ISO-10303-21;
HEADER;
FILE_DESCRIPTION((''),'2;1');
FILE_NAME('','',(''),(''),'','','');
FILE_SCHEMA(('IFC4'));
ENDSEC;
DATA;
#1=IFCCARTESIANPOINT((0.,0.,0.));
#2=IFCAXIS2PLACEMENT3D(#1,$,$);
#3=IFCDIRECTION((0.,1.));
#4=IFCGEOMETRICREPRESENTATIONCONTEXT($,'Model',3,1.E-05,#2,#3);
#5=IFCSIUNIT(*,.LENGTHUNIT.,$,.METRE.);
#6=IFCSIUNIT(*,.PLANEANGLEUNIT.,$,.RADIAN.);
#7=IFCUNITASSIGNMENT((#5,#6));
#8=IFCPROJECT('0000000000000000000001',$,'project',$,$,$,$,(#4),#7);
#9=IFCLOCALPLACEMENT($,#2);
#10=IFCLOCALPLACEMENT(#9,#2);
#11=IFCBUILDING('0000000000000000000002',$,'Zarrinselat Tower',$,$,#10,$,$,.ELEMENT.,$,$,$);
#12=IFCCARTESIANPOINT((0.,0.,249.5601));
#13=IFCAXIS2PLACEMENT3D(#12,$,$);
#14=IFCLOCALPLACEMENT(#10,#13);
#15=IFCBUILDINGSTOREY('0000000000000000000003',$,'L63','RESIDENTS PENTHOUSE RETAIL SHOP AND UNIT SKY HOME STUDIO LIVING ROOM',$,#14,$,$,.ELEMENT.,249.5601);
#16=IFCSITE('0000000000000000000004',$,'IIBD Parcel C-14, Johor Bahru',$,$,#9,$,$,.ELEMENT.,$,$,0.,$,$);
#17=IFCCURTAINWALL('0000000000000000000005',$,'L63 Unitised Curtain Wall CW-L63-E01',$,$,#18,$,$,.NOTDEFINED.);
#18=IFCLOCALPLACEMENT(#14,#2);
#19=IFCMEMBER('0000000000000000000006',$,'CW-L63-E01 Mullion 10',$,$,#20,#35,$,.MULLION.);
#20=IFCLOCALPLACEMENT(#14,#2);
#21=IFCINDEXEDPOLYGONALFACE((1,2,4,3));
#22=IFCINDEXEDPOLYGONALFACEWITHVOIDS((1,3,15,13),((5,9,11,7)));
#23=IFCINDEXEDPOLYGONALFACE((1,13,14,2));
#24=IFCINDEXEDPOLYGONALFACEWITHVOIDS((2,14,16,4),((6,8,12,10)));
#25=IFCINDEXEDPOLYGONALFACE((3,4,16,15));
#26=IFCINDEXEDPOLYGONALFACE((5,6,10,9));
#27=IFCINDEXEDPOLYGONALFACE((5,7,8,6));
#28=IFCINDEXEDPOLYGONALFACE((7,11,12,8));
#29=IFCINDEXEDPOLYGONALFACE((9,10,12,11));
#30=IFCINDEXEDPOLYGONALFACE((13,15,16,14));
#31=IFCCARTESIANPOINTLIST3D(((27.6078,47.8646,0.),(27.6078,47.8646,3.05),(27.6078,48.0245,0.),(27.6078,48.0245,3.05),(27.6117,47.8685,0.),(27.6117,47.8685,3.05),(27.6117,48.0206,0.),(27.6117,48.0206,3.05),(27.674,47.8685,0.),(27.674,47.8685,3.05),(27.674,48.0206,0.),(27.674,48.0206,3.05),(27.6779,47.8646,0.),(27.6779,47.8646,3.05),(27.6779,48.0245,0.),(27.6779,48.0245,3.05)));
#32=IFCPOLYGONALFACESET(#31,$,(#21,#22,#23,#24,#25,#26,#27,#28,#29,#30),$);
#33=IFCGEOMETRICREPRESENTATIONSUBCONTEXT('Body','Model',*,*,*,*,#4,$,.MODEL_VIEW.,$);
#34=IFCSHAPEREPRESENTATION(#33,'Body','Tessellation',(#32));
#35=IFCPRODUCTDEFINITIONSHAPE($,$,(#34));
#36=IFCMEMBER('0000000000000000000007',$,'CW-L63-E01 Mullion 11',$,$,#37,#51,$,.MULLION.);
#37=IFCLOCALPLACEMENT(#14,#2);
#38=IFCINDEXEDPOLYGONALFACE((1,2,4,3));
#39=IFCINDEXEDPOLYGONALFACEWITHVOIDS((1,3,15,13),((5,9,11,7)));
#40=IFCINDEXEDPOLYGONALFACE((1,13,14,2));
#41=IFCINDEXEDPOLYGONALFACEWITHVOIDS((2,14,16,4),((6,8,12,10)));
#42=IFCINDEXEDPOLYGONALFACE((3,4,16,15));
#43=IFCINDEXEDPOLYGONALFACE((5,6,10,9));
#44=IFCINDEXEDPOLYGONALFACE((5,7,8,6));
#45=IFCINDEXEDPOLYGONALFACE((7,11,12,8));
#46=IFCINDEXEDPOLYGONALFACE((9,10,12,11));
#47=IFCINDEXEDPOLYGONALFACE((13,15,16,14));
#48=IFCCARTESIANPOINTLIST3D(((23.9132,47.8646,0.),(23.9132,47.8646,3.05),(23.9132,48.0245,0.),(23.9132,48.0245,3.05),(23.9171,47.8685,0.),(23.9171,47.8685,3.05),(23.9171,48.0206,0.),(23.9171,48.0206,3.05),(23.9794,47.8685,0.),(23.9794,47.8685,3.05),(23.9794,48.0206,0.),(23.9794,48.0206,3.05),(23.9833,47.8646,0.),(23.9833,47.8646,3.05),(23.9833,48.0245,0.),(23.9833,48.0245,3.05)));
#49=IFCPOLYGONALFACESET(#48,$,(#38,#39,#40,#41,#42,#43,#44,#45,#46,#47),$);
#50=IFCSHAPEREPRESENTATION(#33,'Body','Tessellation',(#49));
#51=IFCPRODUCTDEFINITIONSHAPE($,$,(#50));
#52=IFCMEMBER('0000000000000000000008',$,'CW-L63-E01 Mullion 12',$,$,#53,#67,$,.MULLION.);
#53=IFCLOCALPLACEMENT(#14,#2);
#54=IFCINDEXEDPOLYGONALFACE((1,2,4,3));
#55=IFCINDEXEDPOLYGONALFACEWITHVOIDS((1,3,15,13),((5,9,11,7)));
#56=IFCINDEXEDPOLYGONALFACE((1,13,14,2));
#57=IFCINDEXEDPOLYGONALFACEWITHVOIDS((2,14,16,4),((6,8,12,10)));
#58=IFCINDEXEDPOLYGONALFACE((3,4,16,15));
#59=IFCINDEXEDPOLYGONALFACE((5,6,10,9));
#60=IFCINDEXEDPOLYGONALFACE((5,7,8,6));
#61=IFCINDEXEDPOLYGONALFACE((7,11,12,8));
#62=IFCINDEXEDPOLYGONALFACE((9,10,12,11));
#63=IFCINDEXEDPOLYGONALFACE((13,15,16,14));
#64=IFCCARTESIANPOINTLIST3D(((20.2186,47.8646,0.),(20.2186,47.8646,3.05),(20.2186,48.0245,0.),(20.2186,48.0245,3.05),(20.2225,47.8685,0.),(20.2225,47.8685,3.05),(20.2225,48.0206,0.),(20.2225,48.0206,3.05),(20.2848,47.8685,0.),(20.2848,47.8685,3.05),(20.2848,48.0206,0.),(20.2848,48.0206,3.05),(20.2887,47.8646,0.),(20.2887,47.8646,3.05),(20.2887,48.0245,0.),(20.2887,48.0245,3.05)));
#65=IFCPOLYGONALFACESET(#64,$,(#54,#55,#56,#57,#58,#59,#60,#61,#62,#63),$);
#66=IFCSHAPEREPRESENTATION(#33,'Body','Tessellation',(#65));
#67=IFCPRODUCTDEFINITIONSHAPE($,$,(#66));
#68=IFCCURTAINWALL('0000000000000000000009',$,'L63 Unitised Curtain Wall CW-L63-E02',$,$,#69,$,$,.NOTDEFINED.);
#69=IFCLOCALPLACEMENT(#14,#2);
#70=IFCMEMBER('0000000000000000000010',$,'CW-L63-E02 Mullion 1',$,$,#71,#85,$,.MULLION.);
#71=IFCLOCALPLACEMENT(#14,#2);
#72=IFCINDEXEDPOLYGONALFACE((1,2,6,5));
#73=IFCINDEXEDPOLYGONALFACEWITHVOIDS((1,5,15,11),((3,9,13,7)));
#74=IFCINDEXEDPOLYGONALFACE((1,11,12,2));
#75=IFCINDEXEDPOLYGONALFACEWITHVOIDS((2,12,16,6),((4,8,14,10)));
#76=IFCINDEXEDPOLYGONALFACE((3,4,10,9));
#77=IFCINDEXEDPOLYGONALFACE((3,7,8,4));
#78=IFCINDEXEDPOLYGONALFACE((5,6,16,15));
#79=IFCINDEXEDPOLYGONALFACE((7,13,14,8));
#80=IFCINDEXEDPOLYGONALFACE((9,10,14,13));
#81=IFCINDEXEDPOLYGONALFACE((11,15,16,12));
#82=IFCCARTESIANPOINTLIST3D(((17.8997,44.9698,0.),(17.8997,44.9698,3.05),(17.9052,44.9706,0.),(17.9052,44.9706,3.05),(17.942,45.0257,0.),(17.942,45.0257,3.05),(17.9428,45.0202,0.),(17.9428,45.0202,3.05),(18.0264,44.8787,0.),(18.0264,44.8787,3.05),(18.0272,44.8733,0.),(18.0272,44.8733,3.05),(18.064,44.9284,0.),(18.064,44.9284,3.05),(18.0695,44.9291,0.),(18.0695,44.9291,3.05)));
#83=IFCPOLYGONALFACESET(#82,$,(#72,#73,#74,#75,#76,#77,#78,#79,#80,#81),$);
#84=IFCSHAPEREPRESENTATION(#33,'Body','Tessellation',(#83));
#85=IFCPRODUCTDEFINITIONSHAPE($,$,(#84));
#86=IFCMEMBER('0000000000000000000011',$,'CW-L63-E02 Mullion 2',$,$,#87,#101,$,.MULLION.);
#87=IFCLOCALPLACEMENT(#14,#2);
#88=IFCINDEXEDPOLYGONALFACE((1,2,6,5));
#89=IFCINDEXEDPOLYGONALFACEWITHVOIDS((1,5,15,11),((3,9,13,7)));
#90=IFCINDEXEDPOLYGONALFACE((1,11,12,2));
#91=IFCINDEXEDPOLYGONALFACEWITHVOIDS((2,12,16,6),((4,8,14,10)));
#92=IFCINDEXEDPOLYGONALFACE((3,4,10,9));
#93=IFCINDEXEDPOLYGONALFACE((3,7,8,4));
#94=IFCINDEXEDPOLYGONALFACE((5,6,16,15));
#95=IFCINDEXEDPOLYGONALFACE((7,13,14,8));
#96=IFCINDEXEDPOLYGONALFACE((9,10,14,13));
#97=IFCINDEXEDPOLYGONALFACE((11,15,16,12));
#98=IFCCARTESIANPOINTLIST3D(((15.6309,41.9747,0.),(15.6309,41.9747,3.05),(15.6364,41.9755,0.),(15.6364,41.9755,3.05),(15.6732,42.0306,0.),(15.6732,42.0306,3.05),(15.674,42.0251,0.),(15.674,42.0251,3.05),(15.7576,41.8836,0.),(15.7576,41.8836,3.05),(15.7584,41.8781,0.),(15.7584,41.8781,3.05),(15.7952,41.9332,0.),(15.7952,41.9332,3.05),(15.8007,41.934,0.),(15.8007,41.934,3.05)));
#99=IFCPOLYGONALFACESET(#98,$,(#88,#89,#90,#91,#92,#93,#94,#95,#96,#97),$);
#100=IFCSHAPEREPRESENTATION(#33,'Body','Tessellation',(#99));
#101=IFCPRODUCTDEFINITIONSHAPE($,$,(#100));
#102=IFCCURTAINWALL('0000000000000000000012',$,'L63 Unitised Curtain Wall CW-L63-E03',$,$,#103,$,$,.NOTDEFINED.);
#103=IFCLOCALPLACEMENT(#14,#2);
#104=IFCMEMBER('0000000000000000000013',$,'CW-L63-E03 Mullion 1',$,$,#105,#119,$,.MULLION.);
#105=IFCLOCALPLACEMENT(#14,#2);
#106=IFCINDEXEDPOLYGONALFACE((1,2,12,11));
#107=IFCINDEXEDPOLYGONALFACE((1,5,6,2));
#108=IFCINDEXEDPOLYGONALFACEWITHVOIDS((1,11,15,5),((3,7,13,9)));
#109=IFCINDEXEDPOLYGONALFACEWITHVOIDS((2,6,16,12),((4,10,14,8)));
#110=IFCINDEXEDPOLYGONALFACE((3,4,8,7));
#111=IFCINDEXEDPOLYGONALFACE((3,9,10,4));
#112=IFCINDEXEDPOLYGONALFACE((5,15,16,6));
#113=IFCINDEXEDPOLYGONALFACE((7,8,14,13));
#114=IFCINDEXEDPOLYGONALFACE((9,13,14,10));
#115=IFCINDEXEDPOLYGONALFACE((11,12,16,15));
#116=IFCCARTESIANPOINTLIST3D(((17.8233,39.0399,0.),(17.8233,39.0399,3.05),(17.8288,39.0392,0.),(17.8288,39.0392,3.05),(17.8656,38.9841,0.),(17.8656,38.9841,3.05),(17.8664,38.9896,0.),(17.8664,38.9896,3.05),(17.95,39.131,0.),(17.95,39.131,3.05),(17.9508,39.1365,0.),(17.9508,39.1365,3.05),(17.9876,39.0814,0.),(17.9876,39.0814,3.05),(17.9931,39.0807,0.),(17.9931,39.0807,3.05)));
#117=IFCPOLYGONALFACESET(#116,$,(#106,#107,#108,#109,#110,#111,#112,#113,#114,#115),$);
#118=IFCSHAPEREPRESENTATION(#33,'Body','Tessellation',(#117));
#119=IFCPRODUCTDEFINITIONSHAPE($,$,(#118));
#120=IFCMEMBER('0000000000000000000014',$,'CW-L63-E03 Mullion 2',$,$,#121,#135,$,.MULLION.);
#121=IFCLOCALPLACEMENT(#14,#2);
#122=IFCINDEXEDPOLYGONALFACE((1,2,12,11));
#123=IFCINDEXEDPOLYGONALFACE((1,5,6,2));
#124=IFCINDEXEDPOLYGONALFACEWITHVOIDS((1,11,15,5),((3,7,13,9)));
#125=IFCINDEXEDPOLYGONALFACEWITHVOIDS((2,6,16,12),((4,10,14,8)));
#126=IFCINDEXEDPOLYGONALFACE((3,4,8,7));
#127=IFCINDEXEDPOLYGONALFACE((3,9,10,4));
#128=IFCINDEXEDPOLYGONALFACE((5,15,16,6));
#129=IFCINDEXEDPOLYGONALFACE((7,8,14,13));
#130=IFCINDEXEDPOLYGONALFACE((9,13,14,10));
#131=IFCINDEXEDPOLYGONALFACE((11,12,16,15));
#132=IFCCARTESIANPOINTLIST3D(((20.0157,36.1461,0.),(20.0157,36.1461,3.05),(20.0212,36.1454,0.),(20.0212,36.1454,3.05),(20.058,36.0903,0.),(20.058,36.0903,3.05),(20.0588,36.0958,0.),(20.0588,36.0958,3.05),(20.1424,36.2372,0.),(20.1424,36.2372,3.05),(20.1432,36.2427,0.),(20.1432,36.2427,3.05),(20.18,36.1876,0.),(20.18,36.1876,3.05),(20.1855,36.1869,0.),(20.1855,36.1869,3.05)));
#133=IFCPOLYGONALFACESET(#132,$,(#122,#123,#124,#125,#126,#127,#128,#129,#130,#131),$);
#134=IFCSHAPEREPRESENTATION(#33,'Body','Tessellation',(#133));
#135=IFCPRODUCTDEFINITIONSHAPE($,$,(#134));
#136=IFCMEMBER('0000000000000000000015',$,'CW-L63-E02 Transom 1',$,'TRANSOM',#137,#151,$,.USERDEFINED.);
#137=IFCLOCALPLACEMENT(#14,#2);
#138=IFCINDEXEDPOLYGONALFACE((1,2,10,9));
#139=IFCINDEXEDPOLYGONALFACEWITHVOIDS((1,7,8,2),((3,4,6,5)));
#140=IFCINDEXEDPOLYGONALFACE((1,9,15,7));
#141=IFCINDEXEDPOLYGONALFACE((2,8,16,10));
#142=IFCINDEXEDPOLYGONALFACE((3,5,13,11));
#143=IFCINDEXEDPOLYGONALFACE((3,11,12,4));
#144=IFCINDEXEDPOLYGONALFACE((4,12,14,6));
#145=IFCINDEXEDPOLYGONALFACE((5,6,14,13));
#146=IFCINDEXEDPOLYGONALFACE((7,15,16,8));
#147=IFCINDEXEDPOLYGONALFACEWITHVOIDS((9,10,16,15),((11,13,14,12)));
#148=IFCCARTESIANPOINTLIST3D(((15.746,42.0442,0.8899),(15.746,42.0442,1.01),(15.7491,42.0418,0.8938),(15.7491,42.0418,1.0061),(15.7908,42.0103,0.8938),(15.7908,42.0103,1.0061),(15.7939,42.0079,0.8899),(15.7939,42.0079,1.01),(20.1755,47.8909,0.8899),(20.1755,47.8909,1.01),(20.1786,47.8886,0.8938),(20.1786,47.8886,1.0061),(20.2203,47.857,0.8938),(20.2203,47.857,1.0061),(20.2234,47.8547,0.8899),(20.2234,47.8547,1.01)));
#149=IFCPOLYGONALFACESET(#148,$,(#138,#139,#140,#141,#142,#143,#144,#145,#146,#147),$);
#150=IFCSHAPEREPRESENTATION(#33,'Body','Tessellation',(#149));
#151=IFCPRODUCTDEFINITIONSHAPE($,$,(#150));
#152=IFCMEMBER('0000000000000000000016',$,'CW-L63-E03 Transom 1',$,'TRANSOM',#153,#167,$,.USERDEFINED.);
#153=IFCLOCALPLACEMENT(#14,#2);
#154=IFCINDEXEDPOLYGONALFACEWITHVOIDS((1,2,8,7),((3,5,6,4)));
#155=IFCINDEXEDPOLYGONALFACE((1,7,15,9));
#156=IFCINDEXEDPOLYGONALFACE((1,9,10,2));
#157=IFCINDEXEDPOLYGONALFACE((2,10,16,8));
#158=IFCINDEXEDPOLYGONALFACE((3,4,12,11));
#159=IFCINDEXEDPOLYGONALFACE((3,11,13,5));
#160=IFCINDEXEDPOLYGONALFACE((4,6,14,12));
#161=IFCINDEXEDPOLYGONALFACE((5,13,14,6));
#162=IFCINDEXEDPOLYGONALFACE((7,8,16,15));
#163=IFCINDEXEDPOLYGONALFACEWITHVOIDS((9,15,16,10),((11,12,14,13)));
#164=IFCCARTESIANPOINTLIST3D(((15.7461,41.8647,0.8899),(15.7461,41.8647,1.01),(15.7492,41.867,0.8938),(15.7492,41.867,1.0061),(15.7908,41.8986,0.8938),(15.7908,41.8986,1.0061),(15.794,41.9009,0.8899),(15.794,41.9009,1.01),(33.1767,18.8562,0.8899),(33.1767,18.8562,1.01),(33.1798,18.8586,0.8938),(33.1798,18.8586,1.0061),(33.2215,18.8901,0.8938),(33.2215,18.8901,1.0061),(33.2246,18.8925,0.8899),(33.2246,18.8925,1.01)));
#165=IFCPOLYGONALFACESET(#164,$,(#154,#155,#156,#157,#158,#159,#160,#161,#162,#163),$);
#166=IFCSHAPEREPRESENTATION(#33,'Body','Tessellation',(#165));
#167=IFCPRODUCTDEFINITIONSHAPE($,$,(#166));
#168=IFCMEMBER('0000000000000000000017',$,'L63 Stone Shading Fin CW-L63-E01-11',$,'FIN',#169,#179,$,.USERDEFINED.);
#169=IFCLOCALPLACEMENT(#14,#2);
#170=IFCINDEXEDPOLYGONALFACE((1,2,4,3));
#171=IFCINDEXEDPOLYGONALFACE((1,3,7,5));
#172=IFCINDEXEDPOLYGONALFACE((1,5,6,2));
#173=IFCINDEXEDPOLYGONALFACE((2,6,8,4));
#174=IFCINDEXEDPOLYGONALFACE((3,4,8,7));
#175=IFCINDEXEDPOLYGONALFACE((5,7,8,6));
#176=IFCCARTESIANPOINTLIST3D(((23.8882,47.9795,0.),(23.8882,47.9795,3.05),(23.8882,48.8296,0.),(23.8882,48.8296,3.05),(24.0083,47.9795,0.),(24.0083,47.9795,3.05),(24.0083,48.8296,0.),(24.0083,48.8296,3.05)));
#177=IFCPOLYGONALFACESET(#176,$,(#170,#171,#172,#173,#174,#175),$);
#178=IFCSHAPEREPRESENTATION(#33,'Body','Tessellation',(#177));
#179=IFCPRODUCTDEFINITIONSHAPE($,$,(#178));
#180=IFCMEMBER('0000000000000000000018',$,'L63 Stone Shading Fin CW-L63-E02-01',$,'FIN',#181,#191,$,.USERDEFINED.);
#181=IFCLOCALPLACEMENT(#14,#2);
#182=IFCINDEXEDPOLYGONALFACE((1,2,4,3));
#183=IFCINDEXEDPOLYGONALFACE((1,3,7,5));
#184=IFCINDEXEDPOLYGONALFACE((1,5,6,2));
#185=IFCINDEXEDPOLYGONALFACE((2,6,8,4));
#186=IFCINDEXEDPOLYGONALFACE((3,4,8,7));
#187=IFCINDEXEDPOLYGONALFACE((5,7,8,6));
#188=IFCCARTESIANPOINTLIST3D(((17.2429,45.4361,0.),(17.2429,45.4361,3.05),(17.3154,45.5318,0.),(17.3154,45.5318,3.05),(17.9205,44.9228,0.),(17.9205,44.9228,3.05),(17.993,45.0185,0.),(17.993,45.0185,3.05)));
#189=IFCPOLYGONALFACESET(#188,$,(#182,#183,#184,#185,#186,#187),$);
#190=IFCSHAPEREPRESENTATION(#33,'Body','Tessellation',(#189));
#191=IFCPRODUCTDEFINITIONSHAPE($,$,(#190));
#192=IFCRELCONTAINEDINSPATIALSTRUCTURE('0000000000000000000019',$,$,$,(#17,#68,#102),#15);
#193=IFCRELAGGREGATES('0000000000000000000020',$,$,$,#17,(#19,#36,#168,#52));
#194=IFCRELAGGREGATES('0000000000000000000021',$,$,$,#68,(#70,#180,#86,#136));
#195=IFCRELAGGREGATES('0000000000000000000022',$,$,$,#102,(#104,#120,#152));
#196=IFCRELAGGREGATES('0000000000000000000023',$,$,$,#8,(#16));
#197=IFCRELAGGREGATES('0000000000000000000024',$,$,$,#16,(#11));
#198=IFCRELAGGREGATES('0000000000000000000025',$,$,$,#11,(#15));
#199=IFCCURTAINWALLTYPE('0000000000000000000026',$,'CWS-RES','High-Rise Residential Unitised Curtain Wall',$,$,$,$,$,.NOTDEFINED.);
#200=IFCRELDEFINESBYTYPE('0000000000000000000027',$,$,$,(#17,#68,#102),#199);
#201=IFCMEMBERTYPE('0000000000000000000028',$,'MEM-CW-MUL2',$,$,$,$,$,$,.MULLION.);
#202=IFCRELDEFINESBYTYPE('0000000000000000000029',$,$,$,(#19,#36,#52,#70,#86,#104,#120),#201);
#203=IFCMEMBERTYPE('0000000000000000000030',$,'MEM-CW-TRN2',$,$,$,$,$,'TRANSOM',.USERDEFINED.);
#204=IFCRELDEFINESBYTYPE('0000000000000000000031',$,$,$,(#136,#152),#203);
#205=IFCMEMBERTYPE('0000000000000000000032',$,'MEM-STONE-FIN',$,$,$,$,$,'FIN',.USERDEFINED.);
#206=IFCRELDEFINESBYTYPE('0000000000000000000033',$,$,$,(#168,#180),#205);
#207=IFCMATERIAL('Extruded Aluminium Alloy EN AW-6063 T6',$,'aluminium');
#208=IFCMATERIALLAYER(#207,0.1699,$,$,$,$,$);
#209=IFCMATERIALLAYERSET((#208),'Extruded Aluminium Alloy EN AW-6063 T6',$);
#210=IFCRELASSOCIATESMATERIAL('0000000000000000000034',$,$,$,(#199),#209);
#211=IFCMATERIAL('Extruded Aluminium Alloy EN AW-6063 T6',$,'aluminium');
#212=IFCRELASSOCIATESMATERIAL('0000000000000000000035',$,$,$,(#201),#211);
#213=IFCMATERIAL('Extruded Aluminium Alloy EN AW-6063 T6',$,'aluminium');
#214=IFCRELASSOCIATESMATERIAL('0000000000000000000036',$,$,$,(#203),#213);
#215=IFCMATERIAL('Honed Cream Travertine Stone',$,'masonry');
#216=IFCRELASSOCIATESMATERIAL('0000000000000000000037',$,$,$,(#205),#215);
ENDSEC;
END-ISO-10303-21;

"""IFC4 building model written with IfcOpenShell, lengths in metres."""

from ifc_helpers import new_model, si_unit, direction, frame, origin, origin_2d, place, context, subcontext, project, spatial, rectangle, hollow_rectangle, extrude, material, layer, layer_set, material_profile, profile_set, type_object, element, aggregate, save


model = new_model("IFC4")

# Units and contexts
model_context = context("Model", 3, precision=1e-05, world=origin(), true_north=direction((0.0, 1.0)))
body_context = subcontext(model_context, "Body", "Model", "MODEL_VIEW")
ifc_project = project(units=[si_unit("LENGTHUNIT", "METRE"), si_unit("PLANEANGLEUNIT", "RADIAN")], contexts=[model_context])

# Site, building, storey
site_placement = place(None, origin())
site = spatial("IfcSite", under=ifc_project, at=site_placement, Name="IIBD Parcel C-14, Johor Bahru", CompositionType="ELEMENT", RefElevation=0.0)
building_placement = place(site_placement, origin())
building = spatial("IfcBuilding", under=site, at=building_placement, Name="Zarrinselat Tower", CompositionType="ELEMENT")
storey_placement = place(building_placement, frame((0.0, 0.0, 249.5601)))
storey = spatial("IfcBuildingStorey", under=building, at=storey_placement, Name="L63", Description="RESIDENTS PENTHOUSE RETAIL SHOP AND UNIT SKY HOME STUDIO LIVING ROOM", CompositionType="ELEMENT", Elevation=249.5601)

# Curtain walls, members
ifc_material_1 = material(Name="Extruded Aluminium Alloy EN AW-6063 T6", Category="aluminium")
ifc_layer_1 = layer(ifc_material_1, 0.1699)
ifc_layer_set_1 = layer_set([ifc_layer_1], Name="Extruded Aluminium Alloy EN AW-6063 T6")
curtain_wall_type = type_object("IfcCurtainWallType", Name="CWS-RES", Description="High-Rise Residential Unitised Curtain Wall", PredefinedType="NOTDEFINED", material=ifc_layer_set_1)
curtain_wall_1_placement = place(storey_placement, origin())
curtain_wall_1 = element("IfcCurtainWall", 1, at=curtain_wall_1_placement, inside=storey, type_object=curtain_wall_type, Name="L63 Unitised Curtain Wall CW-L63-E01", PredefinedType="NOTDEFINED")
ifc_material_2 = material(Name="Extruded Aluminium Alloy EN AW-6063 T6", Category="aluminium")
ifc_material_profile_1 = material_profile(ifc_material_2, hollow_rectangle(XDim=0.0701, YDim=0.1599, WallThickness=0.0039, at=origin_2d()), Name="RHS 160x70x4")
ifc_profile_set_1 = profile_set([ifc_material_profile_1], Name="Extruded Aluminium Alloy EN AW-6063 T6")
member_type_1 = type_object("IfcMemberType", Name="MEM-CW-MUL2", PredefinedType="MULLION", material=ifc_profile_set_1)
member_1_placement = place(storey_placement, frame((27.6428, 47.9446, 0.0), z_axis=(0.0, 0.0, 1.0), x_axis=(-1.0, 0.0, 0.0)))
member_1 = element("IfcMember", 2, at=member_1_placement, type_object=member_type_1, Name="CW-L63-E01 Mullion 10", PredefinedType="MULLION", context=body_context, shape_type="SweptSolid", body=[
    extrude(hollow_rectangle(XDim=0.0701, YDim=0.1599, WallThickness=0.0039, at=origin_2d()), origin(), (0.0, 0.0, 1.0), 3.05),
])
member_2_placement = place(storey_placement, frame((23.9482, 47.9446, 0.0), z_axis=(0.0, 0.0, 1.0), x_axis=(-1.0, 0.0, 0.0)))
member_2 = element("IfcMember", 3, at=member_2_placement, type_object=member_type_1, Name="CW-L63-E01 Mullion 11", PredefinedType="MULLION", context=body_context, shape_type="SweptSolid", body=[
    extrude(hollow_rectangle(XDim=0.0701, YDim=0.1599, WallThickness=0.0039, at=origin_2d()), origin(), (0.0, 0.0, 1.0), 3.05),
])
member_3_placement = place(storey_placement, frame((20.2537, 47.9446, 0.0), z_axis=(0.0, 0.0, 1.0), x_axis=(-1.0, 0.0, 0.0)))
member_3 = element("IfcMember", 4, at=member_3_placement, type_object=member_type_1, Name="CW-L63-E01 Mullion 12", PredefinedType="MULLION", context=body_context, shape_type="SweptSolid", body=[
    extrude(hollow_rectangle(XDim=0.0701, YDim=0.1599, WallThickness=0.0039, at=origin_2d()), origin(), (0.0, 0.0, 1.0), 3.05),
])
curtain_wall_2_placement = place(storey_placement, origin())
curtain_wall_2 = element("IfcCurtainWall", 5, at=curtain_wall_2_placement, inside=storey, type_object=curtain_wall_type, Name="L63 Unitised Curtain Wall CW-L63-E02", PredefinedType="NOTDEFINED")
member_4_placement = place(storey_placement, frame((17.9846, 44.9495, 0.0), z_axis=(0.0, 0.0, 1.0), x_axis=(-0.603862, -0.797089, 0.0)))
member_4 = element("IfcMember", 6, at=member_4_placement, type_object=member_type_1, Name="CW-L63-E02 Mullion 1", PredefinedType="MULLION", context=body_context, shape_type="SweptSolid", body=[
    extrude(hollow_rectangle(XDim=0.0701, YDim=0.1599, WallThickness=0.0039, at=origin_2d()), origin(), (0.0, 0.0, 1.0), 3.05),
])
member_5_placement = place(storey_placement, frame((15.7158, 41.9543, 0.0), z_axis=(0.0, 0.0, 1.0), x_axis=(-0.603862, -0.797089, 0.0)))
member_5 = element("IfcMember", 7, at=member_5_placement, type_object=member_type_1, Name="CW-L63-E02 Mullion 2", PredefinedType="MULLION", context=body_context, shape_type="SweptSolid", body=[
    extrude(hollow_rectangle(XDim=0.0701, YDim=0.1599, WallThickness=0.0039, at=origin_2d()), origin(), (0.0, 0.0, 1.0), 3.05),
])
curtain_wall_3_placement = place(storey_placement, origin())
curtain_wall_3 = element("IfcCurtainWall", 8, at=curtain_wall_3_placement, inside=storey, type_object=curtain_wall_type, Name="L63 Unitised Curtain Wall CW-L63-E03", PredefinedType="NOTDEFINED")
member_6_placement = place(storey_placement, frame((17.9082, 39.0603, 0.0), z_axis=(0.0, 0.0, 1.0), x_axis=(0.603857, -0.797092, 0.0)))
member_6 = element("IfcMember", 9, at=member_6_placement, type_object=member_type_1, Name="CW-L63-E03 Mullion 1", PredefinedType="MULLION", context=body_context, shape_type="SweptSolid", body=[
    extrude(hollow_rectangle(XDim=0.0701, YDim=0.1599, WallThickness=0.0039, at=origin_2d()), origin(), (0.0, 0.0, 1.0), 3.05),
])
member_7_placement = place(storey_placement, frame((20.1006, 36.1665, 0.0), z_axis=(0.0, 0.0, 1.0), x_axis=(0.603857, -0.797092, 0.0)))
member_7 = element("IfcMember", 10, at=member_7_placement, type_object=member_type_1, Name="CW-L63-E03 Mullion 2", PredefinedType="MULLION", context=body_context, shape_type="SweptSolid", body=[
    extrude(hollow_rectangle(XDim=0.0701, YDim=0.1599, WallThickness=0.0039, at=origin_2d()), origin(), (0.0, 0.0, 1.0), 3.05),
])

# Members
ifc_material_3 = material(Name="Extruded Aluminium Alloy EN AW-6063 T6", Category="aluminium")
ifc_material_profile_2 = material_profile(ifc_material_3, hollow_rectangle(XDim=0.0601, YDim=0.1201, WallThickness=0.0039, at=origin_2d()), Name="RHS 120x60x4")
ifc_profile_set_2 = profile_set([ifc_material_profile_2], Name="Extruded Aluminium Alloy EN AW-6063 T6")
member_type_2 = type_object("IfcMemberType", Name="MEM-CW-TRN2", ElementType="TRANSOM", PredefinedType="USERDEFINED", material=ifc_profile_set_2)
member_8_placement = place(storey_placement, frame((20.1995, 47.8728, 0.95), z_axis=(-0.60387, -0.797083, 0.0), x_axis=(0.797083, -0.60387, 0.0)))
member_8 = element("IfcMember", 11, at=member_8_placement, type_object=member_type_2, Name="CW-L63-E02 Transom 1", ObjectType="TRANSOM", PredefinedType="USERDEFINED", context=body_context, shape_type="SweptSolid", body=[
    extrude(hollow_rectangle(XDim=0.0601, YDim=0.1201, WallThickness=0.0039, at=origin_2d()), origin(), (0.0, 0.0, 1.0), 7.3352),
])
member_9_placement = place(storey_placement, frame((15.77, 41.8828, 0.95), z_axis=(0.603857, -0.797093, 0.0), x_axis=(0.797093, 0.603857, 0.0)))
member_9 = element("IfcMember", 12, at=member_9_placement, type_object=member_type_2, Name="CW-L63-E03 Transom 1", ObjectType="TRANSOM", PredefinedType="USERDEFINED", context=body_context, shape_type="SweptSolid", body=[
    extrude(hollow_rectangle(XDim=0.0601, YDim=0.1201, WallThickness=0.0039, at=origin_2d()), origin(), (0.0, 0.0, 1.0), 28.8655),
])
ifc_material_4 = material(Name="Honed Cream Travertine Stone", Category="masonry")
ifc_material_profile_3 = material_profile(ifc_material_4, rectangle(XDim=0.1201, YDim=0.8501, at=origin_2d()), Name="FIN 850x120")
ifc_profile_set_3 = profile_set([ifc_material_profile_3], Name="Honed Cream Travertine Stone")
member_type_3 = type_object("IfcMemberType", Name="MEM-STONE-FIN", ElementType="FIN", PredefinedType="USERDEFINED", material=ifc_profile_set_3)
member_10_placement = place(storey_placement, frame((23.9482, 48.4045, 0.0), z_axis=(0.0, 0.0, 1.0), x_axis=(1.0, 0.0, 0.0)))
member_10 = element("IfcMember", 13, at=member_10_placement, type_object=member_type_3, Name="L63 Stone Shading Fin CW-L63-E01-11", ObjectType="FIN", PredefinedType="USERDEFINED", context=body_context, shape_type="SweptSolid", body=[
    extrude(rectangle(XDim=0.1201, YDim=0.8501, at=origin_2d()), origin(), (0.0, 0.0, 1.0), 3.05),
])
member_11_placement = place(storey_placement, frame((17.6179, 45.2273, 0.0), z_axis=(0.0, 0.0, 1.0), x_axis=(0.603862, 0.797089, 0.0)))
member_11 = element("IfcMember", 14, at=member_11_placement, type_object=member_type_3, Name="L63 Stone Shading Fin CW-L63-E02-01", ObjectType="FIN", PredefinedType="USERDEFINED", context=body_context, shape_type="SweptSolid", body=[
    extrude(rectangle(XDim=0.1201, YDim=0.8501, at=origin_2d()), origin(), (0.0, 0.0, 1.0), 3.05),
])

aggregate(curtain_wall_1, [member_1, member_2, member_10, member_3])
aggregate(curtain_wall_2, [member_4, member_11, member_5, member_8])
aggregate(curtain_wall_3, [member_6, member_7, member_9])

save(model, "model.ifc")
